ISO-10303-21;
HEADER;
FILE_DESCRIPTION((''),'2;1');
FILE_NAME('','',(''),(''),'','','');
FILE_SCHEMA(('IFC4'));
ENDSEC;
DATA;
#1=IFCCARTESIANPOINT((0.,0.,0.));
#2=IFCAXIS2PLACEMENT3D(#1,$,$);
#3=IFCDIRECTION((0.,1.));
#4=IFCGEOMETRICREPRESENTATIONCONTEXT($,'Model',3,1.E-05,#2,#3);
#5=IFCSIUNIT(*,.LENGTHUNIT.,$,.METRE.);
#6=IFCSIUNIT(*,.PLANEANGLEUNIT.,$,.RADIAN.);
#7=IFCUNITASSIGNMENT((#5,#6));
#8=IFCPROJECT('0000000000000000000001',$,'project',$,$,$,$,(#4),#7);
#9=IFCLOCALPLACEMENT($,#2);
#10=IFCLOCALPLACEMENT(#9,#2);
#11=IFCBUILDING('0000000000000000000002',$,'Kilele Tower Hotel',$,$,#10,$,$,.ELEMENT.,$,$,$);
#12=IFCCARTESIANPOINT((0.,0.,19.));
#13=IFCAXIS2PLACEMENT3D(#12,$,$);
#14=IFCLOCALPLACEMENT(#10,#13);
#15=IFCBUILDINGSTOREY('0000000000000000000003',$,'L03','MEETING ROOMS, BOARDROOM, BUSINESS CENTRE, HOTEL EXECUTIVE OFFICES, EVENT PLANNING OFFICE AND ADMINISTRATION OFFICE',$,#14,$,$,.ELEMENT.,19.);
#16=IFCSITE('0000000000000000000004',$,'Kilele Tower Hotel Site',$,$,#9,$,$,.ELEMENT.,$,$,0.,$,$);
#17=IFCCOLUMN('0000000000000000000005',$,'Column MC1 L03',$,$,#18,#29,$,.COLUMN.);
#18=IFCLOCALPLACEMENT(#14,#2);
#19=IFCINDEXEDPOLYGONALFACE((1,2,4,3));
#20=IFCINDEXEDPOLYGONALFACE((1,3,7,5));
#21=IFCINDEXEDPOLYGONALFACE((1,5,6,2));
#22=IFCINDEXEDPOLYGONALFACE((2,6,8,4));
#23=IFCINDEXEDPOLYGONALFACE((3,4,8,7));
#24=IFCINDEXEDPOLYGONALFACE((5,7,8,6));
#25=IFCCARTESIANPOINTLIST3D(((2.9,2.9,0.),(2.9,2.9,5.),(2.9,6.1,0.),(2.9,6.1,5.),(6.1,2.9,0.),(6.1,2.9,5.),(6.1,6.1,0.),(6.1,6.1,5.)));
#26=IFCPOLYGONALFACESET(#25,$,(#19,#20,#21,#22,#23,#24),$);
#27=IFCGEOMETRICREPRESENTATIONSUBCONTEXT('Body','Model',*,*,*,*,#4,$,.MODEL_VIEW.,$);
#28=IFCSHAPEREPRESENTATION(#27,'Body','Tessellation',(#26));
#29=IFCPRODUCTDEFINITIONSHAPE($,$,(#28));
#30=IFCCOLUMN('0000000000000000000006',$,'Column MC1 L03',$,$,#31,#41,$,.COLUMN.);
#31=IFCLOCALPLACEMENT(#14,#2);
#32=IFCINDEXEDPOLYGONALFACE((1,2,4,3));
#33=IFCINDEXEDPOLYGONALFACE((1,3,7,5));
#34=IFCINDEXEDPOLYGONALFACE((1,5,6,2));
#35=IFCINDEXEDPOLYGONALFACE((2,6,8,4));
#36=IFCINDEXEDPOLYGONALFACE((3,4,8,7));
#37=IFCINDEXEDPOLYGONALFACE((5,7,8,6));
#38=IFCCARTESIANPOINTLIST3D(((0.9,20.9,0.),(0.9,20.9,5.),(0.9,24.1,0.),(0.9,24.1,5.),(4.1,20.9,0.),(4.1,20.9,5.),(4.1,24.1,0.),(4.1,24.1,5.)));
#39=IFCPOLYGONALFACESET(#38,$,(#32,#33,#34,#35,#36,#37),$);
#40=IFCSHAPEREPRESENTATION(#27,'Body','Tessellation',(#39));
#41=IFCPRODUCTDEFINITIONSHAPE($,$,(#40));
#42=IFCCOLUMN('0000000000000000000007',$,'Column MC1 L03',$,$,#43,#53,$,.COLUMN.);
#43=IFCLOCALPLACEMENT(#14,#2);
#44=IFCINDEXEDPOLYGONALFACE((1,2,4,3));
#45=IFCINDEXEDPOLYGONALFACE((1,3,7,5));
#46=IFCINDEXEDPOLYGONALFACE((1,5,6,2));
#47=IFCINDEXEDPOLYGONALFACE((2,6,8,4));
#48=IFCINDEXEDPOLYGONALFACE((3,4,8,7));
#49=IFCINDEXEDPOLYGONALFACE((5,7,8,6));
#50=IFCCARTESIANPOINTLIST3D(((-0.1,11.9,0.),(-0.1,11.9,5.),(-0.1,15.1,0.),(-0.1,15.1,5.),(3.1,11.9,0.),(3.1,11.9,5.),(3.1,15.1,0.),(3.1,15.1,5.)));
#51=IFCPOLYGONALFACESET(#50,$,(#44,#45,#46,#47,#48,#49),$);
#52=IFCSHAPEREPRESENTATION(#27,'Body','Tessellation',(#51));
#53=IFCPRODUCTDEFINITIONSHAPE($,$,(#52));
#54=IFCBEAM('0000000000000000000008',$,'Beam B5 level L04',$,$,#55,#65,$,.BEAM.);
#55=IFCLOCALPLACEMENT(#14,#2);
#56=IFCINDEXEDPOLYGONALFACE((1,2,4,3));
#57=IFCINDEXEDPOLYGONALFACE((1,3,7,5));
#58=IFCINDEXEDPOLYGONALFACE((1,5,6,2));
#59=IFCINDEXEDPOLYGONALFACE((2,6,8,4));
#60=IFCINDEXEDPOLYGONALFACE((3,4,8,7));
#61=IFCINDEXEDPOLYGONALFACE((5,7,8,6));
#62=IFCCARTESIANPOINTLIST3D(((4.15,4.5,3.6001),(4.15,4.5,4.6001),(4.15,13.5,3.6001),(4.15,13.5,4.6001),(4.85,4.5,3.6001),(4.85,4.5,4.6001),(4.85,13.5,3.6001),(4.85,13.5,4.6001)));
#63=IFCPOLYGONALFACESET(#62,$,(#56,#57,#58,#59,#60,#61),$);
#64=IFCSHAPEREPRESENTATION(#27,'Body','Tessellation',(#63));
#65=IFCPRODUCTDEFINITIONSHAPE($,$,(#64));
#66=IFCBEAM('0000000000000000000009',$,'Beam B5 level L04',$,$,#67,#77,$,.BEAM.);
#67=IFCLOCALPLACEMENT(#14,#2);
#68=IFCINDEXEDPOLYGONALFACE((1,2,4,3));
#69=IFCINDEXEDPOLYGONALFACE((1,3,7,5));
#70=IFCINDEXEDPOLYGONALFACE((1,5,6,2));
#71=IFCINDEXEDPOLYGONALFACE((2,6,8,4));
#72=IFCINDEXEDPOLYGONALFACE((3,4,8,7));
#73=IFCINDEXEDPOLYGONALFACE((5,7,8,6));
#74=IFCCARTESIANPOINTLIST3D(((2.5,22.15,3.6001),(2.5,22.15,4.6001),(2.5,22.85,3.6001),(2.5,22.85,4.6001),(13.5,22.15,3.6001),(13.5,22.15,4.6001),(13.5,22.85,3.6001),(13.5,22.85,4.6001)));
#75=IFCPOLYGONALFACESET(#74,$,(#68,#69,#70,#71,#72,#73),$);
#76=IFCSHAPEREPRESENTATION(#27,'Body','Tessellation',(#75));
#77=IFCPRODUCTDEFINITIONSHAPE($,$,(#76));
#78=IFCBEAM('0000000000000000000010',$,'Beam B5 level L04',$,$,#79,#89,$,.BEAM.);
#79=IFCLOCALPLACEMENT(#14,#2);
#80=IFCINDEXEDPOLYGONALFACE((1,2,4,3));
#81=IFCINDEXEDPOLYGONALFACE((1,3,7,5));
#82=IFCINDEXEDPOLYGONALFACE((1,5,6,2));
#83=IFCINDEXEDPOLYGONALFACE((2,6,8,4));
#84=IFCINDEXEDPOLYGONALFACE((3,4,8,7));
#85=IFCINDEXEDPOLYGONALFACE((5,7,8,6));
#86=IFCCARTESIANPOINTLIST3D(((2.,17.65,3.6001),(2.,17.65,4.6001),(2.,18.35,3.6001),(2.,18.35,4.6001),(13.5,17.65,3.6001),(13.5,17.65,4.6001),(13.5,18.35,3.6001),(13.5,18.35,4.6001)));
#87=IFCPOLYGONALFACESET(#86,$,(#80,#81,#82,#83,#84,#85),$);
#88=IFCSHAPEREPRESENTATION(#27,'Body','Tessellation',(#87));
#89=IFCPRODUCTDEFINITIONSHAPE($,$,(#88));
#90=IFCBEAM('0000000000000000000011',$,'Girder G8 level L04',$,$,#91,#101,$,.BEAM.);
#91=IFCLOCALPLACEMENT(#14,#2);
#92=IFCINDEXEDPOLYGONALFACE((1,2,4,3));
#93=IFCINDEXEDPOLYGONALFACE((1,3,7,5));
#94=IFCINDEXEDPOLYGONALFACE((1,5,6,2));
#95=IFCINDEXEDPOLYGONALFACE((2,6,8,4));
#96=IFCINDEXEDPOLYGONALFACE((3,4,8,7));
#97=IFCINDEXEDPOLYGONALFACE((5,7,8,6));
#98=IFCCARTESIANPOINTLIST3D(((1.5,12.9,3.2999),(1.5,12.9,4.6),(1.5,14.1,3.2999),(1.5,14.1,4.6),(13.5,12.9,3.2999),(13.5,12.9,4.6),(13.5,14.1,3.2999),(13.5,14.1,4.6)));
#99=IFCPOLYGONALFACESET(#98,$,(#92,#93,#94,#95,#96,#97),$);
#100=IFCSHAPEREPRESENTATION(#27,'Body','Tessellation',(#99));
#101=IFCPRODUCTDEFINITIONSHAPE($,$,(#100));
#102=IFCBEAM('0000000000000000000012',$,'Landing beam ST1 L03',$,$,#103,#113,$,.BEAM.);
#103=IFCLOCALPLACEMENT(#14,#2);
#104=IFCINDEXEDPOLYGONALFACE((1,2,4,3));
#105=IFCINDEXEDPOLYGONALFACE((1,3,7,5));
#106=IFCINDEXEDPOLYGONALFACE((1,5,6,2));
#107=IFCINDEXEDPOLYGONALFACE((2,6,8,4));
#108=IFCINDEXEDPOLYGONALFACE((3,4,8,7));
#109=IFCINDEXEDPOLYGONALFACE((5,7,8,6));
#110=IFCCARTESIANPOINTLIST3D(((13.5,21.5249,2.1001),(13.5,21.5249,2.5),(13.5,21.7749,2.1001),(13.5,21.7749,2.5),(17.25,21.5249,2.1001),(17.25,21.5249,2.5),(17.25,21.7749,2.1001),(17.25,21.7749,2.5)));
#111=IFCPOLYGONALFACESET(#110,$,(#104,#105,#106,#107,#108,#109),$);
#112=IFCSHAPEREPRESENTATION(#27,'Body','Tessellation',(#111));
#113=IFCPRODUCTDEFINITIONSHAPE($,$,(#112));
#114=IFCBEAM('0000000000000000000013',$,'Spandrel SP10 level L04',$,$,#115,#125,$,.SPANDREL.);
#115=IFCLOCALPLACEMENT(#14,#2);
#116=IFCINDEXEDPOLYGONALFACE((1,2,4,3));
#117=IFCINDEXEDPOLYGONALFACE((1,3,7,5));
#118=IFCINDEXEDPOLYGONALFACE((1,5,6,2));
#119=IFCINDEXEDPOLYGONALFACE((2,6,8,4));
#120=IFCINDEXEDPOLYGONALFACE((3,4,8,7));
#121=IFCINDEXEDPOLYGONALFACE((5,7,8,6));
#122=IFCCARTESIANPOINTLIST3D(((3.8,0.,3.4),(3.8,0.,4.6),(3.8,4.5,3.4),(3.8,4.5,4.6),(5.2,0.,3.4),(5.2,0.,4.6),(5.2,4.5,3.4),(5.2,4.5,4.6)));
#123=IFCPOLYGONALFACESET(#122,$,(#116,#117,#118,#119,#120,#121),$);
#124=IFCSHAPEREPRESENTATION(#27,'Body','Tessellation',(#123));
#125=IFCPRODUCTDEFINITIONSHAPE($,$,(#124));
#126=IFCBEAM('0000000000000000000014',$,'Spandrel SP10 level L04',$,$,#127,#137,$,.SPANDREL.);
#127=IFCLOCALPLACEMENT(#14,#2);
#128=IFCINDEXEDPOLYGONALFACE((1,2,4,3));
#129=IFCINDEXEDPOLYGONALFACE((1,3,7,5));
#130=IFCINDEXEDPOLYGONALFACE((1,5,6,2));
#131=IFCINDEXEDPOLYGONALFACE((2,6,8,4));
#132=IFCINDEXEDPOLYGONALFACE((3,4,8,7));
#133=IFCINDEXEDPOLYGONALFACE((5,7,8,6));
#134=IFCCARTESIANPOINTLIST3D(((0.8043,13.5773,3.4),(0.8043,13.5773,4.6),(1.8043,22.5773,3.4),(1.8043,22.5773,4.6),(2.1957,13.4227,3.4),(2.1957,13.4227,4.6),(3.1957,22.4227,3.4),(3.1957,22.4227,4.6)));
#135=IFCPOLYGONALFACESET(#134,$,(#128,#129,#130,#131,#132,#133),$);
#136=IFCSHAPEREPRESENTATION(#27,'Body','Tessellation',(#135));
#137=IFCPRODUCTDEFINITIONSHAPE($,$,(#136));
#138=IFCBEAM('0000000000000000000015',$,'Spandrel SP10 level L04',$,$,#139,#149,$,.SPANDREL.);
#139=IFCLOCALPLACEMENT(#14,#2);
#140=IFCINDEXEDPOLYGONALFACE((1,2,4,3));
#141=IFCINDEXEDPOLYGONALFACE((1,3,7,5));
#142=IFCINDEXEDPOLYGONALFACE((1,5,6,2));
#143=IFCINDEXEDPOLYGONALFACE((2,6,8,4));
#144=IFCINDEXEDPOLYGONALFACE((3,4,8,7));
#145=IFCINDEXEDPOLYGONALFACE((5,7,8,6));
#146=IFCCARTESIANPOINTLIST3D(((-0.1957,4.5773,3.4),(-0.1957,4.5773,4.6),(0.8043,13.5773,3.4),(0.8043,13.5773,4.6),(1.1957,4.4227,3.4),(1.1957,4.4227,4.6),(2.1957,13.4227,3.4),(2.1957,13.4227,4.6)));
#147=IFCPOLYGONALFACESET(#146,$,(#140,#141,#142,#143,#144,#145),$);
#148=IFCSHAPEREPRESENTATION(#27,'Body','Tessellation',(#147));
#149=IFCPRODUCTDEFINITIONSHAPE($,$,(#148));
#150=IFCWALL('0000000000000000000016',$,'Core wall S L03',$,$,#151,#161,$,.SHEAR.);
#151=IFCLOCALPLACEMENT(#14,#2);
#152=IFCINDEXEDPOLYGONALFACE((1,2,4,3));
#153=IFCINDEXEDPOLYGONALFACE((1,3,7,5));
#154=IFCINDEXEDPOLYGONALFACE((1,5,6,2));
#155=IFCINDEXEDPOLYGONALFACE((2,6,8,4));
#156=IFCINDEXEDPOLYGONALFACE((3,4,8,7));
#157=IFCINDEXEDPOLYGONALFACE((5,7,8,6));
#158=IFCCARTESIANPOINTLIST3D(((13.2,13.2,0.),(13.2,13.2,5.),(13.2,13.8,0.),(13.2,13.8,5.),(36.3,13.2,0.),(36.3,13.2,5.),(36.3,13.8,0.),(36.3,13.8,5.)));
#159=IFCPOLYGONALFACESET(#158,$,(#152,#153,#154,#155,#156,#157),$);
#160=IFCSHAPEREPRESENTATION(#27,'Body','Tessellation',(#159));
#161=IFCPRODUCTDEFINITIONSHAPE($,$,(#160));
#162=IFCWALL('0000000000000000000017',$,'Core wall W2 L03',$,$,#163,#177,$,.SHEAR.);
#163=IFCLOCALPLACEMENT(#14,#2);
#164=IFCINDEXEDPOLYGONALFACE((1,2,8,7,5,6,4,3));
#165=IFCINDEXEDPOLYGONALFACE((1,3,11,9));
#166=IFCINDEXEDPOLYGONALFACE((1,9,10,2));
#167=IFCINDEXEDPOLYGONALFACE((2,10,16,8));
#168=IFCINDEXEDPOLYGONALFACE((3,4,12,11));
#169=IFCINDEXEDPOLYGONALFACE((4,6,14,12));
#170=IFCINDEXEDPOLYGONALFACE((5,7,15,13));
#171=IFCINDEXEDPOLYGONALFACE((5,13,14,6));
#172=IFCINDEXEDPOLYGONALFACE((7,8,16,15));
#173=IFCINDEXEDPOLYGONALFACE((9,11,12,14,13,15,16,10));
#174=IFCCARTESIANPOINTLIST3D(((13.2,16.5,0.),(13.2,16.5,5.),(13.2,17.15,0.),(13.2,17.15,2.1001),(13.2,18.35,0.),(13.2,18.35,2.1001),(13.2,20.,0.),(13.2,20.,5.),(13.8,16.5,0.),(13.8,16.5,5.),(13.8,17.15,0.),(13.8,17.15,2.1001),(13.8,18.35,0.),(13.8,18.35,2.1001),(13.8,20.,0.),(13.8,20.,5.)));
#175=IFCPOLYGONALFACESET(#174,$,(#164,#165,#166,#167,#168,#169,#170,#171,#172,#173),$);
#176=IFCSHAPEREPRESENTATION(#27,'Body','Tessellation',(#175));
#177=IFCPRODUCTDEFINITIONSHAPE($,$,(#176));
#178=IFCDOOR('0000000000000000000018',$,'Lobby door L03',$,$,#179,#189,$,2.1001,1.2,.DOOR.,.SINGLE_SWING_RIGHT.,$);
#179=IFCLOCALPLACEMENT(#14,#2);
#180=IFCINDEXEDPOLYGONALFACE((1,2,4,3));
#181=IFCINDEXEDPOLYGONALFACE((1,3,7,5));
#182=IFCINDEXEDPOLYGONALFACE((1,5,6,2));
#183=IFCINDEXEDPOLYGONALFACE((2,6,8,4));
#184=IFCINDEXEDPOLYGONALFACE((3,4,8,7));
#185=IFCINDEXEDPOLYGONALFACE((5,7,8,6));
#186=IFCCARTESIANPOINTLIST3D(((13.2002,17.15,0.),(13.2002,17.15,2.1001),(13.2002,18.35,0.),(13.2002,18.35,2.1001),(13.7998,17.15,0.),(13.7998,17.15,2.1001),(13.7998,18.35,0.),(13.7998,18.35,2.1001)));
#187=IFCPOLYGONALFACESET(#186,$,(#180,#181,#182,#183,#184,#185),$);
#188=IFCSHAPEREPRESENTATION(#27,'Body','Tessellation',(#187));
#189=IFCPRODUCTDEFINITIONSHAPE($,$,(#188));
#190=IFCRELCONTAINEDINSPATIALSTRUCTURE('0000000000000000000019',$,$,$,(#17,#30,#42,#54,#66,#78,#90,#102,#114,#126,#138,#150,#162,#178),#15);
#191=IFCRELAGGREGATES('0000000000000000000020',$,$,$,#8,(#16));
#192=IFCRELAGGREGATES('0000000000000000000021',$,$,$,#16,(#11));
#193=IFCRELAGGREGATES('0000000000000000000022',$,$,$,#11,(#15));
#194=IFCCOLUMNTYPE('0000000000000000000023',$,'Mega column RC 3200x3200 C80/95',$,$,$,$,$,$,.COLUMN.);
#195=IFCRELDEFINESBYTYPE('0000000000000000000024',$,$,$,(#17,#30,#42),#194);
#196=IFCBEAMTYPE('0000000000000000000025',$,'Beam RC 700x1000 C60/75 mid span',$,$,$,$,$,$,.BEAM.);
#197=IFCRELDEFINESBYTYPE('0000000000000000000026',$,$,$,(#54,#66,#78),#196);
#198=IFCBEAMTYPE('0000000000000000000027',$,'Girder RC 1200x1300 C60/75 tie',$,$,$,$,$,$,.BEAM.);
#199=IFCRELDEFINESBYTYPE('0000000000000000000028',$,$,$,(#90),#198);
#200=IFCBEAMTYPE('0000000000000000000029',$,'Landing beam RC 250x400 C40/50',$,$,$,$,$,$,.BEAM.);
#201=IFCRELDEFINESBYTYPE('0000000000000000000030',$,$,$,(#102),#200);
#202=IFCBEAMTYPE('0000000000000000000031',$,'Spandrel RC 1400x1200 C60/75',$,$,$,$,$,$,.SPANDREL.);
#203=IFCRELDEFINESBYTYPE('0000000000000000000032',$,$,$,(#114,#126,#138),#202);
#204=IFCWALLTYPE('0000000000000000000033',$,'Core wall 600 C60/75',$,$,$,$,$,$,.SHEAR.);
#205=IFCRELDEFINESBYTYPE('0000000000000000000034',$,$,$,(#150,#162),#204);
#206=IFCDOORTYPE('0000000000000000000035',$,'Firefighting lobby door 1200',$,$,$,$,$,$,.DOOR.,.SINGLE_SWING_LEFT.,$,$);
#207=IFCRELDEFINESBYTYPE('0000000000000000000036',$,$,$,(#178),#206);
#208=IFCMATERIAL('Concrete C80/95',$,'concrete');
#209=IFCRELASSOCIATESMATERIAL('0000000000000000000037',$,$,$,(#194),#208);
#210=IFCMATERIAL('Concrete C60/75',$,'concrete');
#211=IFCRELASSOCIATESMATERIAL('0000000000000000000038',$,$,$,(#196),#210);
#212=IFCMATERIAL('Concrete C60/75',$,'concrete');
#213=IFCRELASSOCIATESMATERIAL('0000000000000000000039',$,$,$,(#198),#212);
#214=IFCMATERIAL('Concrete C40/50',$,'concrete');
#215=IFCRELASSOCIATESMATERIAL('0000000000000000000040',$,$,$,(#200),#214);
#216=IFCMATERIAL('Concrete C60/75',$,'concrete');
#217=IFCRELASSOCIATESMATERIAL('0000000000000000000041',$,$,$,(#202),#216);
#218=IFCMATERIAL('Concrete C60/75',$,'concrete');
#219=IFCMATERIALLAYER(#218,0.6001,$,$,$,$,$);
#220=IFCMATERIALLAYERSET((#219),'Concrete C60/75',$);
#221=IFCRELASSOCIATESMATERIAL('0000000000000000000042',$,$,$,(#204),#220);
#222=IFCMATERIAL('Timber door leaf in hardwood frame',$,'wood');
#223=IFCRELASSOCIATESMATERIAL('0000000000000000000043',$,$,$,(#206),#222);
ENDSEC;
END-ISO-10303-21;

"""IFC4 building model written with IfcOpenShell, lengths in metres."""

from ifc_helpers import new_model, si_unit, direction, frame, frame_2d, origin, origin_2d, place, context, subcontext, project, spatial, rectangle, extrude, material, layer, layer_set, material_profile, profile_set, type_object, element, fill, save


model = new_model("IFC4")

# Units and contexts
model_context = context("Model", 3, precision=1e-05, world=origin(), true_north=direction((0.0, 1.0)))
body_context = subcontext(model_context, "Body", "Model", "MODEL_VIEW")
ifc_project = project(units=[si_unit("LENGTHUNIT", "METRE"), si_unit("PLANEANGLEUNIT", "RADIAN")], contexts=[model_context])

# Site, building, storey
site_placement = place(None, origin())
site = spatial("IfcSite", under=ifc_project, at=site_placement, Name="Kilele Tower Hotel Site", CompositionType="ELEMENT", RefElevation=0.0)
building_placement = place(site_placement, origin())
building = spatial("IfcBuilding", under=site, at=building_placement, Name="Kilele Tower Hotel", CompositionType="ELEMENT")
storey_placement = place(building_placement, frame((0.0, 0.0, 19.0)))
storey = spatial("IfcBuildingStorey", under=building, at=storey_placement, Name="L03", Description="MEETING ROOMS, BOARDROOM, BUSINESS CENTRE, HOTEL EXECUTIVE OFFICES, EVENT PLANNING OFFICE AND ADMINISTRATION OFFICE", CompositionType="ELEMENT", Elevation=19.0)

# Columns
ifc_material_1 = material(Name="Concrete C80/95", Category="concrete")
ifc_material_profile_1 = material_profile(ifc_material_1, rectangle(XDim=3.2, YDim=3.2, at=origin_2d()))
ifc_profile_set_1 = profile_set([ifc_material_profile_1], Name="Concrete C80/95")
column_type = type_object("IfcColumnType", Name="Mega column RC 3200x3200 C80/95", PredefinedType="COLUMN", material=ifc_profile_set_1)
for number, where, z_axis, x_axis, name in (
    (1, (4.5, 4.5, 0.0), (0.0, 0.0, 1.0), (1.0, 0.0, 0.0), "Column MC1 L03"),
    (2, (2.5, 22.5, 0.0), (0.0, 0.0, 1.0), (1.0, 0.0, 0.0), "Column MC1 L03"),
    (3, (1.5, 13.5, 0.0), (0.0, 0.0, 1.0), (1.0, 0.0, 0.0), "Column MC1 L03"),
):
    element("IfcColumn", number, at=place(storey_placement, frame(where, z_axis=z_axis, x_axis=x_axis)), inside=storey, type_object=column_type, Name=name, PredefinedType="COLUMN", context=body_context, shape_type="SweptSolid", body=[
        extrude(rectangle(XDim=3.2, YDim=3.2, at=origin_2d()), origin(), (0.0, 0.0, 1.0), 5.0),
    ])

# Beams
ifc_material_2 = material(Name="Concrete C60/75", Category="concrete")
ifc_material_profile_2 = material_profile(ifc_material_2, rectangle(XDim=0.7, YDim=1.0, at=origin_2d()))
ifc_profile_set_2 = profile_set([ifc_material_profile_2], Name="Concrete C60/75")
beam_type_1 = type_object("IfcBeamType", Name="Beam RC 700x1000 C60/75 mid span", PredefinedType="BEAM", material=ifc_profile_set_2)
beam_1_placement = place(storey_placement, frame((4.5, 4.5, 4.1001), z_axis=(0.0, 1.0, 0.0), x_axis=(-1.0, 0.0, 0.0)))
element("IfcBeam", 4, at=beam_1_placement, inside=storey, type_object=beam_type_1, Name="Beam B5 level L04", PredefinedType="BEAM", context=body_context, shape_type="SweptSolid", body=[
    extrude(rectangle(XDim=0.7, YDim=1.0, at=origin_2d()), origin(), (0.0, 0.0, 1.0), 9.0),
])
beam_2_placement = place(storey_placement, frame((2.5, 22.5, 4.1001), z_axis=(1.0, 0.0, 0.0), x_axis=(0.0, 1.0, 0.0)))
element("IfcBeam", 5, at=beam_2_placement, inside=storey, type_object=beam_type_1, Name="Beam B5 level L04", PredefinedType="BEAM", context=body_context, shape_type="SweptSolid", body=[
    extrude(rectangle(XDim=0.7, YDim=1.0, at=origin_2d()), origin(), (0.0, 0.0, 1.0), 11.0),
])
beam_3_placement = place(storey_placement, frame((2.0, 18.0, 4.1001), z_axis=(1.0, 0.0, 0.0), x_axis=(0.0, 1.0, 0.0)))
element("IfcBeam", 6, at=beam_3_placement, inside=storey, type_object=beam_type_1, Name="Beam B5 level L04", PredefinedType="BEAM", context=body_context, shape_type="SweptSolid", body=[
    extrude(rectangle(XDim=0.7, YDim=1.0, at=origin_2d()), origin(), (0.0, 0.0, 1.0), 11.5),
])
ifc_material_3 = material(Name="Concrete C60/75", Category="concrete")
ifc_material_profile_3 = material_profile(ifc_material_3, rectangle(XDim=1.2, YDim=1.3, at=origin_2d()))
ifc_profile_set_3 = profile_set([ifc_material_profile_3], Name="Concrete C60/75")
beam_type_2 = type_object("IfcBeamType", Name="Girder RC 1200x1300 C60/75 tie", PredefinedType="BEAM", material=ifc_profile_set_3)
beam_4_placement = place(storey_placement, frame((1.5, 13.5, 3.95), z_axis=(1.0, 0.0, 0.0), x_axis=(0.0, 1.0, 0.0)))
element("IfcBeam", 7, at=beam_4_placement, inside=storey, type_object=beam_type_2, Name="Girder G8 level L04", PredefinedType="BEAM", context=body_context, shape_type="SweptSolid", body=[
    extrude(rectangle(XDim=1.2, YDim=1.3, at=origin_2d()), origin(), (0.0, 0.0, 1.0), 12.0),
])
ifc_material_4 = material(Name="Concrete C40/50", Category="concrete")
ifc_material_profile_4 = material_profile(ifc_material_4, rectangle(XDim=0.25, YDim=0.3999, at=origin_2d()))
ifc_profile_set_4 = profile_set([ifc_material_profile_4], Name="Concrete C40/50")
beam_type_3 = type_object("IfcBeamType", Name="Landing beam RC 250x400 C40/50", PredefinedType="BEAM", material=ifc_profile_set_4)
beam_5_placement = place(storey_placement, frame((13.5, 21.6499, 2.3), z_axis=(1.0, 0.0, 0.0), x_axis=(0.0, 1.0, 0.0)))
element("IfcBeam", 8, at=beam_5_placement, inside=storey, type_object=beam_type_3, Name="Landing beam ST1 L03", PredefinedType="BEAM", context=body_context, shape_type="SweptSolid", body=[
    extrude(rectangle(XDim=0.25, YDim=0.3999, at=origin_2d()), origin(), (0.0, 0.0, 1.0), 3.75),
])
ifc_material_5 = material(Name="Concrete C60/75", Category="concrete")
ifc_material_profile_5 = material_profile(ifc_material_5, rectangle(XDim=1.3999, YDim=1.2, at=origin_2d()))
ifc_profile_set_5 = profile_set([ifc_material_profile_5], Name="Concrete C60/75")
beam_type_4 = type_object("IfcBeamType", Name="Spandrel RC 1400x1200 C60/75", PredefinedType="SPANDREL", material=ifc_profile_set_5)
beam_6_placement = place(storey_placement, frame((4.5, 4.5, 4.0), z_axis=(0.0, -1.0, 0.0), x_axis=(1.0, 0.0, 0.0)))
element("IfcBeam", 9, at=beam_6_placement, inside=storey, type_object=beam_type_4, Name="Spandrel SP10 level L04", PredefinedType="SPANDREL", context=body_context, shape_type="SweptSolid", body=[
    extrude(rectangle(XDim=1.3999, YDim=1.2, at=origin_2d()), origin(), (0.0, 0.0, 1.0), 4.5),
])
for number, where, z_axis, x_axis, name in (
    (10, (2.5, 22.5, 4.0), (-0.110432, -0.993884, 0.0), (0.993884, -0.110432, 0.0), "Spandrel SP10 level L04"),
    (11, (1.5, 13.5, 4.0), (-0.110432, -0.993884, 0.0), (0.993884, -0.110432, 0.0), "Spandrel SP10 level L04"),
):
    element("IfcBeam", number, at=place(storey_placement, frame(where, z_axis=z_axis, x_axis=x_axis)), inside=storey, type_object=beam_type_4, Name=name, PredefinedType="SPANDREL", context=body_context, shape_type="SweptSolid", body=[
        extrude(rectangle(XDim=1.3999, YDim=1.2, at=origin_2d()), origin(), (0.0, 0.0, 1.0), 9.0554),
    ])

# Wall
ifc_material_6 = material(Name="Concrete C60/75", Category="concrete")
ifc_layer = layer(ifc_material_6, 0.6001)
ifc_layer_set = layer_set([ifc_layer], Name="Concrete C60/75")
wall_type = type_object("IfcWallType", Name="Core wall 600 C60/75", PredefinedType="SHEAR", material=ifc_layer_set)
wall_1_placement = place(storey_placement, frame((13.2, 13.5, 0.0), z_axis=(0.0, 0.0, 1.0), x_axis=(1.0, 0.0, 0.0)))
element("IfcWall", 12, at=wall_1_placement, inside=storey, type_object=wall_type, Name="Core wall S L03", PredefinedType="SHEAR", context=body_context, shape_type="SweptSolid", body=[
    extrude(rectangle(XDim=23.1001, YDim=0.6001, at=frame_2d((11.55, 0.0))), origin(), (0.0, 0.0, 1.0), 5.0),
])

# Wall, opening, door
wall_2_placement = place(storey_placement, frame((13.5, 20.0, 0.0), z_axis=(0.0, 0.0, 1.0), x_axis=(0.0, -1.0, 0.0)))
wall_2 = element("IfcWall", 13, at=wall_2_placement, inside=storey, type_object=wall_type, Name="Core wall W2 L03", PredefinedType="SHEAR", context=body_context, shape_type="SweptSolid", body=[
    extrude(rectangle(XDim=3.5, YDim=0.6001, at=frame_2d((1.75, 0.0))), origin(), (0.0, 0.0, 1.0), 5.0),
])
opening_placement = place(wall_2_placement, frame((1.6499, 0.0, 0.0)))
opening = element("IfcOpeningElement", 14, at=opening_placement, cuts=wall_2, PredefinedType="OPENING", context=body_context, shape_type="SweptSolid", body=[
    extrude(rectangle(XDim=1.2, YDim=2.1001, at=frame_2d((0.6001, 1.05))), frame((0.0, 0.3101, 0.0), z_axis=(0.0, -1.0, 0.0), x_axis=(1.0, 0.0, 0.0)), (0.0, 0.0, 1.0), 0.6201),
])
ifc_material_7 = material(Name="Timber door leaf in hardwood frame", Category="wood")
door_type = type_object("IfcDoorType", Name="Firefighting lobby door 1200", OperationType="SINGLE_SWING_LEFT", PredefinedType="DOOR", material=ifc_material_7)
door_placement = place(opening_placement, origin())
door = element("IfcDoor", 15, at=door_placement, inside=storey, type_object=door_type, Name="Lobby door L03", OperationType="SINGLE_SWING_RIGHT", OverallHeight=2.1001, OverallWidth=1.2, PredefinedType="DOOR", context=body_context, shape_type="SweptSolid", body=[
    extrude(rectangle(XDim=1.2, YDim=2.1001, at=frame_2d((0.6001, 1.05))), frame((0.0, 0.2998, 0.0), z_axis=(0.0, -1.0, 0.0), x_axis=(1.0, 0.0, 0.0)), (0.0, 0.0, 1.0), 0.5996),
])
fill(opening, door)

save(model, "model.ifc")
